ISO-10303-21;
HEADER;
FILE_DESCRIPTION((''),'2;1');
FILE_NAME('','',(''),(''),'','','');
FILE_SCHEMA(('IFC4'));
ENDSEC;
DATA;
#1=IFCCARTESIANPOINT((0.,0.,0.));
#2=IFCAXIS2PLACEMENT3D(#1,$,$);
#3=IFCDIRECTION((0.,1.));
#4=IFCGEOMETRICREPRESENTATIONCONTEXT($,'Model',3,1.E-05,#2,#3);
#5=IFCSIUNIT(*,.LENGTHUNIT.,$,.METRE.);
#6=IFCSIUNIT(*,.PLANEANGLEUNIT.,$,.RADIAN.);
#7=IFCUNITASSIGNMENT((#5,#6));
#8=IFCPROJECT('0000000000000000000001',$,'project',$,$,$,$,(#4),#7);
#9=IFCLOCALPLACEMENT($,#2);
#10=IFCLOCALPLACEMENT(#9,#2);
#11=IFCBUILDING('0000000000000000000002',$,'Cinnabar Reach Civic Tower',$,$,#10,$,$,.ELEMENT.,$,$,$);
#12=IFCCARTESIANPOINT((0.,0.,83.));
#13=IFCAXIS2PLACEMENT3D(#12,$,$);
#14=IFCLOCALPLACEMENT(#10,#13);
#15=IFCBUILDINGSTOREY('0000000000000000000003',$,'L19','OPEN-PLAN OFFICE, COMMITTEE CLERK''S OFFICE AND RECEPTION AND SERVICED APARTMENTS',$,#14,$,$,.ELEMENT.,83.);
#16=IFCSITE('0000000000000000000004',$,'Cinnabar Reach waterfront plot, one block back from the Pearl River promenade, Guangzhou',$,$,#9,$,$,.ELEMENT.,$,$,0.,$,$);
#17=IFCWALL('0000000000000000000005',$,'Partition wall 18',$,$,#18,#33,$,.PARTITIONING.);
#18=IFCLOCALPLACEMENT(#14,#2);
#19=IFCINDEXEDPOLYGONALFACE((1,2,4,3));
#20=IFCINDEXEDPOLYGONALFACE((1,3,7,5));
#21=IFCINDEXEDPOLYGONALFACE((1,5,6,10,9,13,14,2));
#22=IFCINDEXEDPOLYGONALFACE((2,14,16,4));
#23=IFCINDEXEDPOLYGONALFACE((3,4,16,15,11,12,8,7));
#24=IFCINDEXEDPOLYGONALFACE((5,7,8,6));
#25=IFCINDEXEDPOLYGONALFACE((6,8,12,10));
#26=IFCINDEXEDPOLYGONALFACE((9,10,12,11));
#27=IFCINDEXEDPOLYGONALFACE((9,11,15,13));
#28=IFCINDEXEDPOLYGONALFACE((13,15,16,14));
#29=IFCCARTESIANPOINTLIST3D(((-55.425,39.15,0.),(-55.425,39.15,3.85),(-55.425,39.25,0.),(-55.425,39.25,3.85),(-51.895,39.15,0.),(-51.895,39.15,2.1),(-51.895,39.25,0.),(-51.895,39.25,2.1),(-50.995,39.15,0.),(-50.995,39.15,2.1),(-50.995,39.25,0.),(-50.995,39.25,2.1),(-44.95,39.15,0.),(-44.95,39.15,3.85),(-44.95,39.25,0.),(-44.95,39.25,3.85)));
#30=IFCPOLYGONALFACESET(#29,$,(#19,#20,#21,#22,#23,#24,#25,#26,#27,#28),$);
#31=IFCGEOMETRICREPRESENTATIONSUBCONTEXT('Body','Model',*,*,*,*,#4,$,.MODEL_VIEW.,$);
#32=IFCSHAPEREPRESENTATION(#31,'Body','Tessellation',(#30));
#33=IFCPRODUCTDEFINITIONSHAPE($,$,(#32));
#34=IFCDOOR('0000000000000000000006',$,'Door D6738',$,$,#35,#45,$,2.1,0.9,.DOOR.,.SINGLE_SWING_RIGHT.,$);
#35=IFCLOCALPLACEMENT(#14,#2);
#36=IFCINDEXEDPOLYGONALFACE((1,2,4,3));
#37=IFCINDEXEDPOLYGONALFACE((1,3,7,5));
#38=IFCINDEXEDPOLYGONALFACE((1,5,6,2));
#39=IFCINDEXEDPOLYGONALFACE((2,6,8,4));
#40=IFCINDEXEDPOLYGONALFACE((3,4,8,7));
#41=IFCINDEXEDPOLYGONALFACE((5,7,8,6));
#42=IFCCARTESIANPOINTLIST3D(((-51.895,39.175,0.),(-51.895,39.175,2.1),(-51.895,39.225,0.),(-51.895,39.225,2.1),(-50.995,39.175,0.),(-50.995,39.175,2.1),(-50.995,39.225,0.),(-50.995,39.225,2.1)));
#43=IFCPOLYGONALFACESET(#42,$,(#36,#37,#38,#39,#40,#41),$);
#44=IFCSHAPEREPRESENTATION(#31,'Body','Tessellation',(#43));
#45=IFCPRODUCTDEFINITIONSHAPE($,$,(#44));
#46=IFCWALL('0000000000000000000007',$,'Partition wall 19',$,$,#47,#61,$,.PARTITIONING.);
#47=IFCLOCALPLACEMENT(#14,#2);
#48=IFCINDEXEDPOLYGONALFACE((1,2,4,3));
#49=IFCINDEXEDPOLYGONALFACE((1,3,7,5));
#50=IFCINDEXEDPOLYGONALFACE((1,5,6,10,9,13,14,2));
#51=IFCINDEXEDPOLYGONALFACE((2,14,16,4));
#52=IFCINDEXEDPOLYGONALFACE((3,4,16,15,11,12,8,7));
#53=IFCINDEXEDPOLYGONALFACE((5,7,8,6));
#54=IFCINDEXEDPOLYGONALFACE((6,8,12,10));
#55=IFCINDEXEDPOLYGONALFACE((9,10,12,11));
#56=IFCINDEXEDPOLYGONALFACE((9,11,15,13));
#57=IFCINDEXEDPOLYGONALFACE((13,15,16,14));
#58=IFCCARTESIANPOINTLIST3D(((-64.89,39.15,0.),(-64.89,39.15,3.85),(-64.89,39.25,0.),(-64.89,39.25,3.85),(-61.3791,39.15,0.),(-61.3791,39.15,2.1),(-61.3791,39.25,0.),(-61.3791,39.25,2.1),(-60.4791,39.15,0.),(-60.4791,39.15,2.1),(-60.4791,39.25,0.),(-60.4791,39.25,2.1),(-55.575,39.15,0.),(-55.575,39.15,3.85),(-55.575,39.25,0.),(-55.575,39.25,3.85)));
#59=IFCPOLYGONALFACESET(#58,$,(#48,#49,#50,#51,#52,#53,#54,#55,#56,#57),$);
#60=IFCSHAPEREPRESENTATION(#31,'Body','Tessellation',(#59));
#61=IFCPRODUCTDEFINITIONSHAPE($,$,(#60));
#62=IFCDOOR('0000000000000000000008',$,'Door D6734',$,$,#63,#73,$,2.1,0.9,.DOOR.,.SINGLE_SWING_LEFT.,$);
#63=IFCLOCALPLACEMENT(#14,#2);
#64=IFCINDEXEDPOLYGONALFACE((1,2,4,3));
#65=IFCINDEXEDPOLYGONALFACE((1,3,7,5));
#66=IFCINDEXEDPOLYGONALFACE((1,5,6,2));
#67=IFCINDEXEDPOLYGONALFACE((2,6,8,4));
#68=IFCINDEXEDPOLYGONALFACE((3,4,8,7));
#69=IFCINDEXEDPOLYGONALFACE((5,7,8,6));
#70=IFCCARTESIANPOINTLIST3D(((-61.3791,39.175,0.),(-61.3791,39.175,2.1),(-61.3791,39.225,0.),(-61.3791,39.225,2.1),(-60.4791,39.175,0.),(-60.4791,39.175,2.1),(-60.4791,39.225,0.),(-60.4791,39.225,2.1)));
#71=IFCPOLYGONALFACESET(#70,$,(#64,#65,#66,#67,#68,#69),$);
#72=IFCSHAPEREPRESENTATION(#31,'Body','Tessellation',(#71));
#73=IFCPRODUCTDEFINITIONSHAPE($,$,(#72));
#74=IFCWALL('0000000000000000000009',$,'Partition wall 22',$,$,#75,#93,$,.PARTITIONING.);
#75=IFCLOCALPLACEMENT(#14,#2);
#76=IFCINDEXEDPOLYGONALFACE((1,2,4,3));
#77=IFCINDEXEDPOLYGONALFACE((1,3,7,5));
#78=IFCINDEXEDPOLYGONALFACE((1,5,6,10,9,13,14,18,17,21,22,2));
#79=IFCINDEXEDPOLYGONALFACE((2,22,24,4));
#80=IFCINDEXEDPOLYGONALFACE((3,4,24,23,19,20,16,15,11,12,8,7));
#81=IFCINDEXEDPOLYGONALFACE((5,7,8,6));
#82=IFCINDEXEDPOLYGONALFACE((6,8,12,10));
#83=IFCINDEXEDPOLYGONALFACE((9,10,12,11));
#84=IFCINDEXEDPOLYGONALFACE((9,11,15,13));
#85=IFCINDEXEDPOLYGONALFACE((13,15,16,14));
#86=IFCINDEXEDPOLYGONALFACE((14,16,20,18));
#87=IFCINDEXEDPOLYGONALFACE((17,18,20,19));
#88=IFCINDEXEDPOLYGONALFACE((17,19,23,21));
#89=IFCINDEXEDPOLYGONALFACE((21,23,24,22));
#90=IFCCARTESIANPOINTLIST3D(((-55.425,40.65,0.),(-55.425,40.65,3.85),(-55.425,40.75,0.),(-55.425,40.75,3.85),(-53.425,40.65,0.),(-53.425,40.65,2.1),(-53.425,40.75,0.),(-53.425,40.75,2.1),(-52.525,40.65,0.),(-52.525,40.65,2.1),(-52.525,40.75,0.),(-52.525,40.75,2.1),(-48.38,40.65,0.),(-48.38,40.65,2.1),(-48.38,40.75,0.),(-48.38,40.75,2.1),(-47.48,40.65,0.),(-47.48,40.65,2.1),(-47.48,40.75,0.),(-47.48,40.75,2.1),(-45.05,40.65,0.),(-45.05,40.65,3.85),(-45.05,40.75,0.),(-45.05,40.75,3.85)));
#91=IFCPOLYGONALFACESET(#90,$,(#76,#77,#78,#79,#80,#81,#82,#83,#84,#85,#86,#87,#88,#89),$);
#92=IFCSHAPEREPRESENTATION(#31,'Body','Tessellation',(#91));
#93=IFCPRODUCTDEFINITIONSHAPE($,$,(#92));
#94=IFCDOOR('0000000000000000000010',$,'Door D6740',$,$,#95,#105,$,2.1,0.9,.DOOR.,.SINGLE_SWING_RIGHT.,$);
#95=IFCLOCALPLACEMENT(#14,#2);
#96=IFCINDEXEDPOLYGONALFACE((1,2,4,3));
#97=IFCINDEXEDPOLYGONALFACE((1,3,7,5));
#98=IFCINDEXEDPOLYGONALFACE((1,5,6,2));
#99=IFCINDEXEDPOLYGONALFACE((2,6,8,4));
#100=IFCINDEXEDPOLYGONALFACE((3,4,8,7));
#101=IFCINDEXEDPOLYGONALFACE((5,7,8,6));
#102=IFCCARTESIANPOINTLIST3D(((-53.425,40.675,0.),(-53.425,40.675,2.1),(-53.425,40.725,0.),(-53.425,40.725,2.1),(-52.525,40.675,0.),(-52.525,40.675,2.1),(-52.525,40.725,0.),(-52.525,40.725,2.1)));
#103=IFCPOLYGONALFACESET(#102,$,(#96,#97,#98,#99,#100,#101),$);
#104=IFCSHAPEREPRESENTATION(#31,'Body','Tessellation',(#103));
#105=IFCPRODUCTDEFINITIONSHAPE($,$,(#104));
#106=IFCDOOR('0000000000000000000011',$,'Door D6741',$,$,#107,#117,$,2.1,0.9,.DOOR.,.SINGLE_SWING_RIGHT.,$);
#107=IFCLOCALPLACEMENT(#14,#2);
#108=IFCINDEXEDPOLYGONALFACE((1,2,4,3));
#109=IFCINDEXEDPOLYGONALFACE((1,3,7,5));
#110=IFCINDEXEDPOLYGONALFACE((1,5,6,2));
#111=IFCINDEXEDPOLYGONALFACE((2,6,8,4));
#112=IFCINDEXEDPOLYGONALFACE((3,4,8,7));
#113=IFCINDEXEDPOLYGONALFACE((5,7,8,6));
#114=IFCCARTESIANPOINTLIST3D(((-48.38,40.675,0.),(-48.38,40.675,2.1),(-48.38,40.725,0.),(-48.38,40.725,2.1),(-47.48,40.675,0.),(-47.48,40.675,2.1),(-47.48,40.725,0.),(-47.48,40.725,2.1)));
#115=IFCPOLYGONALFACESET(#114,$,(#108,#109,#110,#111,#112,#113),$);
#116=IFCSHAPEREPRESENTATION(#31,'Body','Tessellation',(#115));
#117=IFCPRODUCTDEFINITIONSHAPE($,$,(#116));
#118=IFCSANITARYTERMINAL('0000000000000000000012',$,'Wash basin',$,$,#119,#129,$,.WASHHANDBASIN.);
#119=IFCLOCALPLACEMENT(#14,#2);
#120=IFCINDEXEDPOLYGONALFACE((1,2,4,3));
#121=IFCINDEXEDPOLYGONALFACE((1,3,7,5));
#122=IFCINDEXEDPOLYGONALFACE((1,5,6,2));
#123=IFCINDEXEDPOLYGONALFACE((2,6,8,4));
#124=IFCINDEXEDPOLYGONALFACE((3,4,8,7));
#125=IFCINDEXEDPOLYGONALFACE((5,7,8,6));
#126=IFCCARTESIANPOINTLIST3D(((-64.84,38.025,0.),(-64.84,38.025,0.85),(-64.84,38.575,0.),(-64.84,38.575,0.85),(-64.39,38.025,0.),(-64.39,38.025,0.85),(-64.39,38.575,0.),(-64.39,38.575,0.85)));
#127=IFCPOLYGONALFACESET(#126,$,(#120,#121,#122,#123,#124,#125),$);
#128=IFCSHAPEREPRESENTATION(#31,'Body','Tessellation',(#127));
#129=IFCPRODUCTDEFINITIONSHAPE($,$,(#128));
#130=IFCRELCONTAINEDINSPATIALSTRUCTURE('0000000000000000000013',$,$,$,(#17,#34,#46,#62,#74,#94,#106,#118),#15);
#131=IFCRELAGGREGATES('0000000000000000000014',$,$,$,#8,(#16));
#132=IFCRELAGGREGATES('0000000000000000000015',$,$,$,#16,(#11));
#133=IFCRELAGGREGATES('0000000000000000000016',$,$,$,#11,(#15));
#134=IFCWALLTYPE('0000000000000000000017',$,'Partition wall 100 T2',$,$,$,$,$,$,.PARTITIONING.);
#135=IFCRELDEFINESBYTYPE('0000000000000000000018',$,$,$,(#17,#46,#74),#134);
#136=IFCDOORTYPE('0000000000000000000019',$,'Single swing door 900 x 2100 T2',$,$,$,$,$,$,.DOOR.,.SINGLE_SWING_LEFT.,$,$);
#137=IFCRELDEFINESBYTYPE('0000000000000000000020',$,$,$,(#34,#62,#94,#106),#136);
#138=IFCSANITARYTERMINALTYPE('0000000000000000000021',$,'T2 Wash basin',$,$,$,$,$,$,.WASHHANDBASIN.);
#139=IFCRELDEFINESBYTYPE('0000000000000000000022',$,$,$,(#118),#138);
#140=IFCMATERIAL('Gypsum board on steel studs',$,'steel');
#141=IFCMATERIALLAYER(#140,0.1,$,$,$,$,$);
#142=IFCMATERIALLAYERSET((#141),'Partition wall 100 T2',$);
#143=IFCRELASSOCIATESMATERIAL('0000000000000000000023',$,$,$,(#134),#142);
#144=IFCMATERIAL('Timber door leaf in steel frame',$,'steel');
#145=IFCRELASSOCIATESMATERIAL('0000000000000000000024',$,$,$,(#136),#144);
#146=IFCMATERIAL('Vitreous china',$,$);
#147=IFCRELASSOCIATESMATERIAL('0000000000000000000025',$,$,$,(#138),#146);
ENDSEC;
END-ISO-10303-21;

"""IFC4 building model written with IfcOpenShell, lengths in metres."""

from ifc_helpers import new_model, si_unit, direction, frame, frame_2d, origin, origin_2d, place, context, subcontext, project, spatial, rectangle, extrude, material, layer, layer_set, type_object, element, fill, save


model = new_model("IFC4")

# Units and contexts
model_context = context("Model", 3, precision=1e-05, world=origin(), true_north=direction((0.0, 1.0)))
body_context = subcontext(model_context, "Body", "Model", "MODEL_VIEW")
ifc_project = project(units=[si_unit("LENGTHUNIT", "METRE"), si_unit("PLANEANGLEUNIT", "RADIAN")], contexts=[model_context])

# Site, building, storey
site_placement = place(None, origin())
site = spatial("IfcSite", under=ifc_project, at=site_placement, Name="Cinnabar Reach waterfront plot, one block back from the Pearl River promenade, Guangzhou", CompositionType="ELEMENT", RefElevation=0.0)
building_placement = place(site_placement, origin())
building = spatial("IfcBuilding", under=site, at=building_placement, Name="Cinnabar Reach Civic Tower", CompositionType="ELEMENT")
storey_placement = place(building_placement, frame((0.0, 0.0, 83.0)))
storey = spatial("IfcBuildingStorey", under=building, at=storey_placement, Name="L19", Description="OPEN-PLAN OFFICE, COMMITTEE CLERK'S OFFICE AND RECEPTION AND SERVICED APARTMENTS", CompositionType="ELEMENT", Elevation=83.0)

# Walls, openings, doors
ifc_material_1 = material(Name="Gypsum board on steel studs", Category="steel")
ifc_layer_1 = layer(ifc_material_1, 0.1)
ifc_layer_set_1 = layer_set([ifc_layer_1], Name="Partition wall 100 T2")
wall_type_1 = type_object("IfcWallType", Name="Partition wall 100 T2", PredefinedType="PARTITIONING", material=ifc_layer_set_1)
wall_1_placement = place(storey_placement, frame((-55.425, 39.2, 0.0), z_axis=(0.0, 0.0, 1.0), x_axis=(1.0, 0.0, 0.0)))
wall_1 = element("IfcWall", 1, at=wall_1_placement, inside=storey, type_object=wall_type_1, Name="Partition wall 18", PredefinedType="PARTITIONING", context=body_context, shape_type="SweptSolid", body=[
    extrude(rectangle(XDim=10.475, YDim=0.1, at=frame_2d((5.2375, 0.0))), origin(), (0.0, 0.0, 1.0), 3.85),
])
opening_1_placement = place(wall_1_placement, frame((3.53, 0.0, 0.0)))
opening_1 = element("IfcOpeningElement", 2, at=opening_1_placement, cuts=wall_1, PredefinedType="OPENING", context=body_context, shape_type="SweptSolid", body=[
    extrude(rectangle(XDim=0.9, YDim=2.1, at=frame_2d((0.45, 1.05))), frame((0.0, 0.06, 0.0), z_axis=(0.0, -1.0, 0.0), x_axis=(1.0, 0.0, 0.0)), (0.0, 0.0, 1.0), 0.12),
])
ifc_material_2 = material(Name="Timber door leaf in steel frame", Category="steel")
door_type = type_object("IfcDoorType", Name="Single swing door 900 x 2100 T2", OperationType="SINGLE_SWING_LEFT", PredefinedType="DOOR", material=ifc_material_2)
door_1_placement = place(opening_1_placement, origin())
door_1 = element("IfcDoor", 3, at=door_1_placement, inside=storey, type_object=door_type, Name="Door D6738", OperationType="SINGLE_SWING_RIGHT", OverallHeight=2.1, OverallWidth=0.9, PredefinedType="DOOR", context=body_context, shape_type="SweptSolid", body=[
    extrude(rectangle(XDim=0.9, YDim=2.1, at=frame_2d((0.45, 1.05))), frame((0.0, 0.025, 0.0), z_axis=(0.0, -1.0, 0.0), x_axis=(1.0, 0.0, 0.0)), (0.0, 0.0, 1.0), 0.05),
])
fill(opening_1, door_1)
wall_2_placement = place(storey_placement, frame((-64.89, 39.2, 0.0), z_axis=(0.0, 0.0, 1.0), x_axis=(1.0, 0.0, 0.0)))
wall_2 = element("IfcWall", 4, at=wall_2_placement, inside=storey, type_object=wall_type_1, Name="Partition wall 19", PredefinedType="PARTITIONING", context=body_context, shape_type="SweptSolid", body=[
    extrude(rectangle(XDim=9.315, YDim=0.1, at=frame_2d((4.6575, 0.0))), origin(), (0.0, 0.0, 1.0), 3.85),
])
opening_2_placement = place(wall_2_placement, frame((3.5109, 0.0, 0.0)))
opening_2 = element("IfcOpeningElement", 5, at=opening_2_placement, cuts=wall_2, PredefinedType="OPENING", context=body_context, shape_type="SweptSolid", body=[
    extrude(rectangle(XDim=0.9, YDim=2.1, at=frame_2d((0.45, 1.05))), frame((0.0, 0.06, 0.0), z_axis=(0.0, -1.0, 0.0), x_axis=(1.0, 0.0, 0.0)), (0.0, 0.0, 1.0), 0.12),
])
door_2_placement = place(opening_2_placement, frame((0.9, 0.0, 0.0), z_axis=(0.0, 0.0, 1.0), x_axis=(-1.0, 0.0, 0.0)))
door_2 = element("IfcDoor", 6, at=door_2_placement, inside=storey, type_object=door_type, Name="Door D6734", OperationType="SINGLE_SWING_LEFT", OverallHeight=2.1, OverallWidth=0.9, PredefinedType="DOOR", context=body_context, shape_type="SweptSolid", body=[
    extrude(rectangle(XDim=0.9, YDim=2.1, at=frame_2d((0.45, 1.05))), frame((0.0, 0.025, 0.0), z_axis=(0.0, -1.0, 0.0), x_axis=(1.0, 0.0, 0.0)), (0.0, 0.0, 1.0), 0.05),
])
fill(opening_2, door_2)

# Wall, openings, doors
wall_3_placement = place(storey_placement, frame((-55.425, 40.7, 0.0), z_axis=(0.0, 0.0, 1.0), x_axis=(1.0, 0.0, 0.0)))
wall_3 = element("IfcWall", 7, at=wall_3_placement, inside=storey, type_object=wall_type_1, Name="Partition wall 22", PredefinedType="PARTITIONING", context=body_context, shape_type="SweptSolid", body=[
    extrude(rectangle(XDim=10.375, YDim=0.1, at=frame_2d((5.1875, 0.0))), origin(), (0.0, 0.0, 1.0), 3.85),
])
opening_3_placement = place(wall_3_placement, frame((2.0, 0.0, 0.0)))
opening_3 = element("IfcOpeningElement", 8, at=opening_3_placement, cuts=wall_3, PredefinedType="OPENING", context=body_context, shape_type="SweptSolid", body=[
    extrude(rectangle(XDim=0.9, YDim=2.1, at=frame_2d((0.45, 1.05))), frame((0.0, 0.06, 0.0), z_axis=(0.0, -1.0, 0.0), x_axis=(1.0, 0.0, 0.0)), (0.0, 0.0, 1.0), 0.12),
])
opening_4_placement = place(wall_3_placement, frame((7.045, 0.0, 0.0)))
opening_4 = element("IfcOpeningElement", 9, at=opening_4_placement, cuts=wall_3, PredefinedType="OPENING", context=body_context, shape_type="SweptSolid", body=[
    extrude(rectangle(XDim=0.9, YDim=2.1, at=frame_2d((0.45, 1.05))), frame((0.0, 0.06, 0.0), z_axis=(0.0, -1.0, 0.0), x_axis=(1.0, 0.0, 0.0)), (0.0, 0.0, 1.0), 0.12),
])
door_3_placement = place(opening_3_placement, frame((0.9, 0.0, 0.0), z_axis=(0.0, 0.0, 1.0), x_axis=(-1.0, 0.0, 0.0)))
door_3 = element("IfcDoor", 10, at=door_3_placement, inside=storey, type_object=door_type, Name="Door D6740", OperationType="SINGLE_SWING_RIGHT", OverallHeight=2.1, OverallWidth=0.9, PredefinedType="DOOR", context=body_context, shape_type="SweptSolid", body=[
    extrude(rectangle(XDim=0.9, YDim=2.1, at=frame_2d((0.45, 1.05))), frame((0.0, 0.025, 0.0), z_axis=(0.0, -1.0, 0.0), x_axis=(1.0, 0.0, 0.0)), (0.0, 0.0, 1.0), 0.05),
])
fill(opening_3, door_3)
door_4_placement = place(opening_4_placement, origin())
door_4 = element("IfcDoor", 11, at=door_4_placement, inside=storey, type_object=door_type, Name="Door D6741", OperationType="SINGLE_SWING_RIGHT", OverallHeight=2.1, OverallWidth=0.9, PredefinedType="DOOR", context=body_context, shape_type="SweptSolid", body=[
    extrude(rectangle(XDim=0.9, YDim=2.1, at=frame_2d((0.45, 1.05))), frame((0.0, 0.025, 0.0), z_axis=(0.0, -1.0, 0.0), x_axis=(1.0, 0.0, 0.0)), (0.0, 0.0, 1.0), 0.05),
])
fill(opening_4, door_4)

# Sanitary terminal
ifc_material_3 = material(Name="Vitreous china")
sanitary_terminal_type = type_object("IfcSanitaryTerminalType", Name="T2 Wash basin", PredefinedType="WASHHANDBASIN", material=ifc_material_3)
sanitary_terminal_placement = place(storey_placement, frame((-64.615, 38.3, 0.0), z_axis=(0.0, 0.0, 1.0), x_axis=(1.0, 0.0, 0.0)))
element("IfcSanitaryTerminal", 12, at=sanitary_terminal_placement, inside=storey, type_object=sanitary_terminal_type, Name="Wash basin", PredefinedType="WASHHANDBASIN", context=body_context, shape_type="SweptSolid", body=[
    extrude(rectangle(XDim=0.45, YDim=0.55, at=origin_2d()), origin(), (0.0, 0.0, 1.0), 0.85),
])

save(model, "model.ifc")
